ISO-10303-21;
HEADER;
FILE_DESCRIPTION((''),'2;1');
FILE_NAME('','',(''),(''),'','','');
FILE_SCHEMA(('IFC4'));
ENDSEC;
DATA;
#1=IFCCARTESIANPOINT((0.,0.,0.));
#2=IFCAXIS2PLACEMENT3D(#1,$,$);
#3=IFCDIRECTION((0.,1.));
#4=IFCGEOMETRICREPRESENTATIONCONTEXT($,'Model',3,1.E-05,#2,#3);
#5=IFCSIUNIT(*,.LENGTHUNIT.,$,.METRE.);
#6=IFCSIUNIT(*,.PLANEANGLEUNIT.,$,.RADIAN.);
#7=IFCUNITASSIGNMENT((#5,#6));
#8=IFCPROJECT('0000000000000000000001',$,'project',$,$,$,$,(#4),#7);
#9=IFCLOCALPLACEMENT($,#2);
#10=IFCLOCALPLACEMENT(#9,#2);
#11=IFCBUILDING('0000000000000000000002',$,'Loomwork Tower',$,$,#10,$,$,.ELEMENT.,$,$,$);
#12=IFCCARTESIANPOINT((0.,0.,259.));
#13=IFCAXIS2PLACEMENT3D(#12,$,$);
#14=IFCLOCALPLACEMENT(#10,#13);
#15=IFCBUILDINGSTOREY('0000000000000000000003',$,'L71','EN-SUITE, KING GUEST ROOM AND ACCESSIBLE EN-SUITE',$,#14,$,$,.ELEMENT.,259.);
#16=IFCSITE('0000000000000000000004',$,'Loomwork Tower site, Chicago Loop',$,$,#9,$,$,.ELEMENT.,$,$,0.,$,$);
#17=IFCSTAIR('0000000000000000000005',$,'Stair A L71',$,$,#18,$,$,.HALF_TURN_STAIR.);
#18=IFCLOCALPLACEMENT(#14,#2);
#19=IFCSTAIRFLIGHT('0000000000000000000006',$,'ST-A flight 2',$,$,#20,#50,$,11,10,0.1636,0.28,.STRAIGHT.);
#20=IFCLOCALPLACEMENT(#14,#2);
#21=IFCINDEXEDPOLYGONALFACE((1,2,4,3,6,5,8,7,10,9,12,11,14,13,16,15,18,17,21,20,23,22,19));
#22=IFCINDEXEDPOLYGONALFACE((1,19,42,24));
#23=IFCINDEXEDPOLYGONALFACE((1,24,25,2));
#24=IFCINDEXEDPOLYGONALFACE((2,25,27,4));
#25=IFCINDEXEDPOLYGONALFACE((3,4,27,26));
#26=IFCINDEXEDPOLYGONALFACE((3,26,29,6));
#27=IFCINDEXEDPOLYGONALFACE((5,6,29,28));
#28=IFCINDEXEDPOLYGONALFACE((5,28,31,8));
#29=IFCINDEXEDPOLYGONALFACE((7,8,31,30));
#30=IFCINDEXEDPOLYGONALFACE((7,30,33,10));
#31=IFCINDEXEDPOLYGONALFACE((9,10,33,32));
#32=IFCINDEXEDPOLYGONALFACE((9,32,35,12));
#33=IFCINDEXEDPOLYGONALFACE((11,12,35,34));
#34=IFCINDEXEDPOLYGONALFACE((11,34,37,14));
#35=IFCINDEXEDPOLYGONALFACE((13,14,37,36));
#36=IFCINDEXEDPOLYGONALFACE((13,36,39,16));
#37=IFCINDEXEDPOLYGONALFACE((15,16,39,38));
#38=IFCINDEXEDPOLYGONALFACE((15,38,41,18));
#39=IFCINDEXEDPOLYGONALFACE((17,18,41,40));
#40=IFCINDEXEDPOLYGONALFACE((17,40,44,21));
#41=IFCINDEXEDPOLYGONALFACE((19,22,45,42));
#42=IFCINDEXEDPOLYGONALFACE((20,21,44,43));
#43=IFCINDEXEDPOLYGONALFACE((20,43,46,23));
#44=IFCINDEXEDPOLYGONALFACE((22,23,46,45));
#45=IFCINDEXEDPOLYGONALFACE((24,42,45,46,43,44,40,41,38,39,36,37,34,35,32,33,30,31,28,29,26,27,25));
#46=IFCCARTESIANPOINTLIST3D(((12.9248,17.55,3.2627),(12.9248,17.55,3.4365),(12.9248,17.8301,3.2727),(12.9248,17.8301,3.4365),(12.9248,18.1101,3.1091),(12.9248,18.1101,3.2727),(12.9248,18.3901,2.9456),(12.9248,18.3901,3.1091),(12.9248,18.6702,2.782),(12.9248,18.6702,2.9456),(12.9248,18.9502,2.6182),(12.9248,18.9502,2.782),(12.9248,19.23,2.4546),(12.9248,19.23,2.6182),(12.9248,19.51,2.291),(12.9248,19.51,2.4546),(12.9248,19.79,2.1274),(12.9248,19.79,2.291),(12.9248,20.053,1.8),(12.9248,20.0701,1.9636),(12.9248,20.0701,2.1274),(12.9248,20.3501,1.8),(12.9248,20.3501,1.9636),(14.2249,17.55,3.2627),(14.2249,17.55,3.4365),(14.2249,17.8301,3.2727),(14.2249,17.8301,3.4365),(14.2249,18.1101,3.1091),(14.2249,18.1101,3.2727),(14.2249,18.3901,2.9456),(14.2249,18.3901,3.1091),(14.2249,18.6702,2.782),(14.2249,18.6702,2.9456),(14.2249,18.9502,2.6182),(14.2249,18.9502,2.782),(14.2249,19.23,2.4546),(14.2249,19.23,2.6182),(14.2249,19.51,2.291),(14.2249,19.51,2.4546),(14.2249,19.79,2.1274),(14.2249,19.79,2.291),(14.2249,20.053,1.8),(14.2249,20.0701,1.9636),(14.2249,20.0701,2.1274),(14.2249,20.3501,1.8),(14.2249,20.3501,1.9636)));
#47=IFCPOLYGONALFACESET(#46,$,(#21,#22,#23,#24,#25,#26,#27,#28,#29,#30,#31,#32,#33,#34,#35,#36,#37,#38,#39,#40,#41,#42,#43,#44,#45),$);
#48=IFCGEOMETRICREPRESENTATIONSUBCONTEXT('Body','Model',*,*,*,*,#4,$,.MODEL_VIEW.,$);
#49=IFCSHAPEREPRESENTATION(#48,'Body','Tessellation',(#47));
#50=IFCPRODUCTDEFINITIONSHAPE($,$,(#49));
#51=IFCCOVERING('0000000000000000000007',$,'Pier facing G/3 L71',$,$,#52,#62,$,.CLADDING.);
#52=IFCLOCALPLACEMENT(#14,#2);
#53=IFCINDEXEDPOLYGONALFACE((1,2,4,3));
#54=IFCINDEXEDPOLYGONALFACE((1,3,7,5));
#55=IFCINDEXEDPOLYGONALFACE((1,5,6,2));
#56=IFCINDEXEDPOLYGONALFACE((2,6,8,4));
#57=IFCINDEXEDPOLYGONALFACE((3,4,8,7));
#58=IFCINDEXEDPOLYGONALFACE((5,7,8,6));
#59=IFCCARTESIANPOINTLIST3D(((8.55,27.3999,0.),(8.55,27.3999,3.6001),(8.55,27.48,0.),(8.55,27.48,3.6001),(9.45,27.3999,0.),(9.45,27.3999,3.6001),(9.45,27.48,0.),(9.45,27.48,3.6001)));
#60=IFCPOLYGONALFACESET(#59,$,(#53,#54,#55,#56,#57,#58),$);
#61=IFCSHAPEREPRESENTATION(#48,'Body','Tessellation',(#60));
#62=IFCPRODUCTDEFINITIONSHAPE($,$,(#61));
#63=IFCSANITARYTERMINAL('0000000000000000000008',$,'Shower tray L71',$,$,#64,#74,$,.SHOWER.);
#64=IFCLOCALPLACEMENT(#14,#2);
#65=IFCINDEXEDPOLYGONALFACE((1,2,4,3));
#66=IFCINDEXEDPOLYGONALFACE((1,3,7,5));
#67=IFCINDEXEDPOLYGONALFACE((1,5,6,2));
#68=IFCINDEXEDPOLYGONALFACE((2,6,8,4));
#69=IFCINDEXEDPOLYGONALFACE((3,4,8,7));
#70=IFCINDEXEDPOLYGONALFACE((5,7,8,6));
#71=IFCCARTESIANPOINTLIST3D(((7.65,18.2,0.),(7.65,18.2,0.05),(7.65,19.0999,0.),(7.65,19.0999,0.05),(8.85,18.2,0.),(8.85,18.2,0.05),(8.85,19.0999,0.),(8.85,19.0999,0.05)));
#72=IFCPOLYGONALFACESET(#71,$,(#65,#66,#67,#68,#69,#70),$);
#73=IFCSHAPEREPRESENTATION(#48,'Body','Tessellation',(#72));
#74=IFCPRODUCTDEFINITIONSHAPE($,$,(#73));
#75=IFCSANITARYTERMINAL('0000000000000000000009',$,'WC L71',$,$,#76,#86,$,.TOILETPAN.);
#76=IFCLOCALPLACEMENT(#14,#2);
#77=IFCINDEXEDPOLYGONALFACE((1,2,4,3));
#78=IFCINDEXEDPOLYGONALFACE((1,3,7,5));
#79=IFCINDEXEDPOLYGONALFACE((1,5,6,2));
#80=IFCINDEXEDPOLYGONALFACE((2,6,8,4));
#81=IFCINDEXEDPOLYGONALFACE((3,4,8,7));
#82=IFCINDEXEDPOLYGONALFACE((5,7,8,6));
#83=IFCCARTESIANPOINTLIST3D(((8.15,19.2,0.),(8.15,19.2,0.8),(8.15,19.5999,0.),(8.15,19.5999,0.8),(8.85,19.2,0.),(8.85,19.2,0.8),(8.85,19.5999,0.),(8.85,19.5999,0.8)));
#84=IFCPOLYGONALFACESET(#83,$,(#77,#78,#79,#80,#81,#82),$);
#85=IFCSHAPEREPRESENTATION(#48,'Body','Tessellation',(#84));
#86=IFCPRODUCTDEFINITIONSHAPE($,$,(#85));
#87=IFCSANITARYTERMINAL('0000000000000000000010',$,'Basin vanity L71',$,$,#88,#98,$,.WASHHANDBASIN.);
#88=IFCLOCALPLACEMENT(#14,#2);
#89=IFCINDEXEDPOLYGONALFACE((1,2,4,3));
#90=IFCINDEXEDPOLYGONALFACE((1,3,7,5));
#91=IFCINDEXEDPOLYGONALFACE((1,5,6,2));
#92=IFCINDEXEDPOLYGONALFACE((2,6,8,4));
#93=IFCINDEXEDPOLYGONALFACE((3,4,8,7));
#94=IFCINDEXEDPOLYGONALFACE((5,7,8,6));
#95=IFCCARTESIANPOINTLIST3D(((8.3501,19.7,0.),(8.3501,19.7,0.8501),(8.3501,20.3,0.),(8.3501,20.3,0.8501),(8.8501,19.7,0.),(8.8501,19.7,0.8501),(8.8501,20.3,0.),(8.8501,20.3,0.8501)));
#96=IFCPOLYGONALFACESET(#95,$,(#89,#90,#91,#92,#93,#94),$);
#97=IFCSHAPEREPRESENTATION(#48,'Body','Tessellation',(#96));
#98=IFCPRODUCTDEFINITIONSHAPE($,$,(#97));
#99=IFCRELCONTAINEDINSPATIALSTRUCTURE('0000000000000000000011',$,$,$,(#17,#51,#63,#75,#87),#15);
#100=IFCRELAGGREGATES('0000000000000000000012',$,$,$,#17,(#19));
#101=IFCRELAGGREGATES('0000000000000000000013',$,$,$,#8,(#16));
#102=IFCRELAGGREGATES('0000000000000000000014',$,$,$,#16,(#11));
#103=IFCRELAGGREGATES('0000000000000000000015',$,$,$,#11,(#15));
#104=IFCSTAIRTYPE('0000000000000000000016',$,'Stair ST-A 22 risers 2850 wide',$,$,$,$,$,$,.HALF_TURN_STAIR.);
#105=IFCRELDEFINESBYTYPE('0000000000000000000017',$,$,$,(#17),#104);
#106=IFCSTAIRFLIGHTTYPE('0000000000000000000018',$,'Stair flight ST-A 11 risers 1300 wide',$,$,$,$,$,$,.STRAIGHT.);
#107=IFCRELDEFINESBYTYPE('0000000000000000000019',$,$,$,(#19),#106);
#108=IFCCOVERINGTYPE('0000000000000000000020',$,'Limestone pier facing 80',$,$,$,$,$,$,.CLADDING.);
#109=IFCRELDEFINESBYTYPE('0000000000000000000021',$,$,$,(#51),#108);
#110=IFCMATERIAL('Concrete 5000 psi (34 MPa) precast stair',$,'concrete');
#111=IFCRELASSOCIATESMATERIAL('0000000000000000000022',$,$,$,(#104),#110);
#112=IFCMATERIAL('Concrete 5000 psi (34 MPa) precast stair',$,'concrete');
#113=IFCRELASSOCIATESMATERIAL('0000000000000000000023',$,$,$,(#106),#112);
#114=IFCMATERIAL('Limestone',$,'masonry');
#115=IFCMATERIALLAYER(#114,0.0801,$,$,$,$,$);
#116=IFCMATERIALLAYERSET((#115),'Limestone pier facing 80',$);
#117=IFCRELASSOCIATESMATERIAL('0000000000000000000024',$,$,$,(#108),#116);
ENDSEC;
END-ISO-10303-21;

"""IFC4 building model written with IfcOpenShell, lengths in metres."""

from ifc_helpers import new_model, si_unit, direction, frame, origin, origin_2d, place, context, subcontext, project, spatial, polyline, rectangle, outline, extrude, material, layer, layer_set, type_object, element, aggregate, save


model = new_model("IFC4")

# Units and contexts
model_context = context("Model", 3, precision=1e-05, world=origin(), true_north=direction((0.0, 1.0)))
body_context = subcontext(model_context, "Body", "Model", "MODEL_VIEW")
ifc_project = project(units=[si_unit("LENGTHUNIT", "METRE"), si_unit("PLANEANGLEUNIT", "RADIAN")], contexts=[model_context])

# Site, building, storey
site_placement = place(None, origin())
site = spatial("IfcSite", under=ifc_project, at=site_placement, Name="Loomwork Tower site, Chicago Loop", CompositionType="ELEMENT", RefElevation=0.0)
building_placement = place(site_placement, origin())
building = spatial("IfcBuilding", under=site, at=building_placement, Name="Loomwork Tower", CompositionType="ELEMENT")
storey_placement = place(building_placement, frame((0.0, 0.0, 259.0)))
storey = spatial("IfcBuildingStorey", under=building, at=storey_placement, Name="L71", Description="EN-SUITE, KING GUEST ROOM AND ACCESSIBLE EN-SUITE", CompositionType="ELEMENT", Elevation=259.0)

# Stair, stair flight
ifc_material_1 = material(Name="Concrete 5000 psi (34 MPa) precast stair", Category="concrete")
stair_type = type_object("IfcStairType", Name="Stair ST-A 22 risers 2850 wide", PredefinedType="HALF_TURN_STAIR", material=ifc_material_1)
stair_placement = place(storey_placement, origin())
stair = element("IfcStair", 1, at=stair_placement, inside=storey, type_object=stair_type, Name="Stair A L71", PredefinedType="HALF_TURN_STAIR")
ifc_material_2 = material(Name="Concrete 5000 psi (34 MPa) precast stair", Category="concrete")
stair_flight_type = type_object("IfcStairFlightType", Name="Stair flight ST-A 11 risers 1300 wide", PredefinedType="STRAIGHT", material=ifc_material_2)
stair_flight_placement = place(storey_placement, frame((13.575, 20.3501, 1.8), z_axis=(0.0, 0.0, 1.0), x_axis=(0.0, -1.0, 0.0)))
stair_flight = element("IfcStairFlight", 2, at=stair_flight_placement, type_object=stair_flight_type, Name="ST-A flight 2", NumberOfRisers=11, NumberOfTreads=10, PredefinedType="STRAIGHT", RiserHeight=0.1636, TreadLength=0.28, context=body_context, shape_type="SweptSolid", body=[
    extrude(outline(polyline([(0.0, 0.0), (0.0, 0.1636), (0.28, 0.1636), (0.28, 0.3274), (0.5601, 0.3274), (0.5601, 0.491), (0.8401, 0.491), (0.8401, 0.6545), (1.1201, 0.6545), (1.1201, 0.8181), (1.3999, 0.8181), (1.3999, 0.9819), (1.6799, 0.9819), (1.6799, 1.1455), (1.96, 1.1455), (1.96, 1.3091), (2.24, 1.3091), (2.24, 1.4727), (2.52, 1.4727), (2.52, 1.6365), (2.8, 1.6365), (2.8, 1.8), (2.8, 1.4626), (0.2971, 0.0), (0.0, 0.0)])), frame((0.0, 0.6499, 0.0), z_axis=(0.0, -1.0, 0.0), x_axis=(1.0, 0.0, 0.0)), (0.0, 0.0, 1.0), 1.3),
])
aggregate(stair, [stair_flight])

# Covering
ifc_material_3 = material(Name="Limestone", Category="masonry")
ifc_layer_1 = layer(ifc_material_3, 0.0801)
ifc_layer_set_1 = layer_set([ifc_layer_1], Name="Limestone pier facing 80")
covering_type = type_object("IfcCoveringType", Name="Limestone pier facing 80", PredefinedType="CLADDING", material=ifc_layer_set_1)
covering_placement = place(storey_placement, frame((9.0, 27.4399, 0.0), z_axis=(0.0, 0.0, 1.0), x_axis=(1.0, 0.0, 0.0)))
element("IfcCovering", 3, at=covering_placement, inside=storey, type_object=covering_type, Name="Pier facing G/3 L71", PredefinedType="CLADDING", context=body_context, shape_type="SweptSolid", body=[
    extrude(rectangle(XDim=0.8999, YDim=0.0801, at=origin_2d()), origin(), (0.0, 0.0, 1.0), 3.6001),
])

# Sanitary terminals
sanitary_terminal_1_placement = place(storey_placement, frame((8.25, 18.6499, 0.0), z_axis=(0.0, 0.0, 1.0), x_axis=(1.0, 0.0, 0.0)))
element("IfcSanitaryTerminal", 4, at=sanitary_terminal_1_placement, inside=storey, Name="Shower tray L71", PredefinedType="SHOWER", context=body_context, shape_type="SweptSolid", body=[
    extrude(rectangle(XDim=1.2, YDim=0.8999, at=origin_2d()), origin(), (0.0, 0.0, 1.0), 0.05),
])
sanitary_terminal_2_placement = place(storey_placement, frame((8.5, 19.3999, 0.0), z_axis=(0.0, 0.0, 1.0), x_axis=(1.0, 0.0, 0.0)))
element("IfcSanitaryTerminal", 5, at=sanitary_terminal_2_placement, inside=storey, Name="WC L71", PredefinedType="TOILETPAN", context=body_context, shape_type="SweptSolid", body=[
    extrude(rectangle(XDim=0.7, YDim=0.3999, at=origin_2d()), origin(), (0.0, 0.0, 1.0), 0.8),
])
sanitary_terminal_3_placement = place(storey_placement, frame((8.6001, 20.0, 0.0), z_axis=(0.0, 0.0, 1.0), x_axis=(1.0, 0.0, 0.0)))
element("IfcSanitaryTerminal", 6, at=sanitary_terminal_3_placement, inside=storey, Name="Basin vanity L71", PredefinedType="WASHHANDBASIN", context=body_context, shape_type="SweptSolid", body=[
    extrude(rectangle(XDim=0.5, YDim=0.6001, at=origin_2d()), origin(), (0.0, 0.0, 1.0), 0.8501),
])

save(model, "model.ifc")
